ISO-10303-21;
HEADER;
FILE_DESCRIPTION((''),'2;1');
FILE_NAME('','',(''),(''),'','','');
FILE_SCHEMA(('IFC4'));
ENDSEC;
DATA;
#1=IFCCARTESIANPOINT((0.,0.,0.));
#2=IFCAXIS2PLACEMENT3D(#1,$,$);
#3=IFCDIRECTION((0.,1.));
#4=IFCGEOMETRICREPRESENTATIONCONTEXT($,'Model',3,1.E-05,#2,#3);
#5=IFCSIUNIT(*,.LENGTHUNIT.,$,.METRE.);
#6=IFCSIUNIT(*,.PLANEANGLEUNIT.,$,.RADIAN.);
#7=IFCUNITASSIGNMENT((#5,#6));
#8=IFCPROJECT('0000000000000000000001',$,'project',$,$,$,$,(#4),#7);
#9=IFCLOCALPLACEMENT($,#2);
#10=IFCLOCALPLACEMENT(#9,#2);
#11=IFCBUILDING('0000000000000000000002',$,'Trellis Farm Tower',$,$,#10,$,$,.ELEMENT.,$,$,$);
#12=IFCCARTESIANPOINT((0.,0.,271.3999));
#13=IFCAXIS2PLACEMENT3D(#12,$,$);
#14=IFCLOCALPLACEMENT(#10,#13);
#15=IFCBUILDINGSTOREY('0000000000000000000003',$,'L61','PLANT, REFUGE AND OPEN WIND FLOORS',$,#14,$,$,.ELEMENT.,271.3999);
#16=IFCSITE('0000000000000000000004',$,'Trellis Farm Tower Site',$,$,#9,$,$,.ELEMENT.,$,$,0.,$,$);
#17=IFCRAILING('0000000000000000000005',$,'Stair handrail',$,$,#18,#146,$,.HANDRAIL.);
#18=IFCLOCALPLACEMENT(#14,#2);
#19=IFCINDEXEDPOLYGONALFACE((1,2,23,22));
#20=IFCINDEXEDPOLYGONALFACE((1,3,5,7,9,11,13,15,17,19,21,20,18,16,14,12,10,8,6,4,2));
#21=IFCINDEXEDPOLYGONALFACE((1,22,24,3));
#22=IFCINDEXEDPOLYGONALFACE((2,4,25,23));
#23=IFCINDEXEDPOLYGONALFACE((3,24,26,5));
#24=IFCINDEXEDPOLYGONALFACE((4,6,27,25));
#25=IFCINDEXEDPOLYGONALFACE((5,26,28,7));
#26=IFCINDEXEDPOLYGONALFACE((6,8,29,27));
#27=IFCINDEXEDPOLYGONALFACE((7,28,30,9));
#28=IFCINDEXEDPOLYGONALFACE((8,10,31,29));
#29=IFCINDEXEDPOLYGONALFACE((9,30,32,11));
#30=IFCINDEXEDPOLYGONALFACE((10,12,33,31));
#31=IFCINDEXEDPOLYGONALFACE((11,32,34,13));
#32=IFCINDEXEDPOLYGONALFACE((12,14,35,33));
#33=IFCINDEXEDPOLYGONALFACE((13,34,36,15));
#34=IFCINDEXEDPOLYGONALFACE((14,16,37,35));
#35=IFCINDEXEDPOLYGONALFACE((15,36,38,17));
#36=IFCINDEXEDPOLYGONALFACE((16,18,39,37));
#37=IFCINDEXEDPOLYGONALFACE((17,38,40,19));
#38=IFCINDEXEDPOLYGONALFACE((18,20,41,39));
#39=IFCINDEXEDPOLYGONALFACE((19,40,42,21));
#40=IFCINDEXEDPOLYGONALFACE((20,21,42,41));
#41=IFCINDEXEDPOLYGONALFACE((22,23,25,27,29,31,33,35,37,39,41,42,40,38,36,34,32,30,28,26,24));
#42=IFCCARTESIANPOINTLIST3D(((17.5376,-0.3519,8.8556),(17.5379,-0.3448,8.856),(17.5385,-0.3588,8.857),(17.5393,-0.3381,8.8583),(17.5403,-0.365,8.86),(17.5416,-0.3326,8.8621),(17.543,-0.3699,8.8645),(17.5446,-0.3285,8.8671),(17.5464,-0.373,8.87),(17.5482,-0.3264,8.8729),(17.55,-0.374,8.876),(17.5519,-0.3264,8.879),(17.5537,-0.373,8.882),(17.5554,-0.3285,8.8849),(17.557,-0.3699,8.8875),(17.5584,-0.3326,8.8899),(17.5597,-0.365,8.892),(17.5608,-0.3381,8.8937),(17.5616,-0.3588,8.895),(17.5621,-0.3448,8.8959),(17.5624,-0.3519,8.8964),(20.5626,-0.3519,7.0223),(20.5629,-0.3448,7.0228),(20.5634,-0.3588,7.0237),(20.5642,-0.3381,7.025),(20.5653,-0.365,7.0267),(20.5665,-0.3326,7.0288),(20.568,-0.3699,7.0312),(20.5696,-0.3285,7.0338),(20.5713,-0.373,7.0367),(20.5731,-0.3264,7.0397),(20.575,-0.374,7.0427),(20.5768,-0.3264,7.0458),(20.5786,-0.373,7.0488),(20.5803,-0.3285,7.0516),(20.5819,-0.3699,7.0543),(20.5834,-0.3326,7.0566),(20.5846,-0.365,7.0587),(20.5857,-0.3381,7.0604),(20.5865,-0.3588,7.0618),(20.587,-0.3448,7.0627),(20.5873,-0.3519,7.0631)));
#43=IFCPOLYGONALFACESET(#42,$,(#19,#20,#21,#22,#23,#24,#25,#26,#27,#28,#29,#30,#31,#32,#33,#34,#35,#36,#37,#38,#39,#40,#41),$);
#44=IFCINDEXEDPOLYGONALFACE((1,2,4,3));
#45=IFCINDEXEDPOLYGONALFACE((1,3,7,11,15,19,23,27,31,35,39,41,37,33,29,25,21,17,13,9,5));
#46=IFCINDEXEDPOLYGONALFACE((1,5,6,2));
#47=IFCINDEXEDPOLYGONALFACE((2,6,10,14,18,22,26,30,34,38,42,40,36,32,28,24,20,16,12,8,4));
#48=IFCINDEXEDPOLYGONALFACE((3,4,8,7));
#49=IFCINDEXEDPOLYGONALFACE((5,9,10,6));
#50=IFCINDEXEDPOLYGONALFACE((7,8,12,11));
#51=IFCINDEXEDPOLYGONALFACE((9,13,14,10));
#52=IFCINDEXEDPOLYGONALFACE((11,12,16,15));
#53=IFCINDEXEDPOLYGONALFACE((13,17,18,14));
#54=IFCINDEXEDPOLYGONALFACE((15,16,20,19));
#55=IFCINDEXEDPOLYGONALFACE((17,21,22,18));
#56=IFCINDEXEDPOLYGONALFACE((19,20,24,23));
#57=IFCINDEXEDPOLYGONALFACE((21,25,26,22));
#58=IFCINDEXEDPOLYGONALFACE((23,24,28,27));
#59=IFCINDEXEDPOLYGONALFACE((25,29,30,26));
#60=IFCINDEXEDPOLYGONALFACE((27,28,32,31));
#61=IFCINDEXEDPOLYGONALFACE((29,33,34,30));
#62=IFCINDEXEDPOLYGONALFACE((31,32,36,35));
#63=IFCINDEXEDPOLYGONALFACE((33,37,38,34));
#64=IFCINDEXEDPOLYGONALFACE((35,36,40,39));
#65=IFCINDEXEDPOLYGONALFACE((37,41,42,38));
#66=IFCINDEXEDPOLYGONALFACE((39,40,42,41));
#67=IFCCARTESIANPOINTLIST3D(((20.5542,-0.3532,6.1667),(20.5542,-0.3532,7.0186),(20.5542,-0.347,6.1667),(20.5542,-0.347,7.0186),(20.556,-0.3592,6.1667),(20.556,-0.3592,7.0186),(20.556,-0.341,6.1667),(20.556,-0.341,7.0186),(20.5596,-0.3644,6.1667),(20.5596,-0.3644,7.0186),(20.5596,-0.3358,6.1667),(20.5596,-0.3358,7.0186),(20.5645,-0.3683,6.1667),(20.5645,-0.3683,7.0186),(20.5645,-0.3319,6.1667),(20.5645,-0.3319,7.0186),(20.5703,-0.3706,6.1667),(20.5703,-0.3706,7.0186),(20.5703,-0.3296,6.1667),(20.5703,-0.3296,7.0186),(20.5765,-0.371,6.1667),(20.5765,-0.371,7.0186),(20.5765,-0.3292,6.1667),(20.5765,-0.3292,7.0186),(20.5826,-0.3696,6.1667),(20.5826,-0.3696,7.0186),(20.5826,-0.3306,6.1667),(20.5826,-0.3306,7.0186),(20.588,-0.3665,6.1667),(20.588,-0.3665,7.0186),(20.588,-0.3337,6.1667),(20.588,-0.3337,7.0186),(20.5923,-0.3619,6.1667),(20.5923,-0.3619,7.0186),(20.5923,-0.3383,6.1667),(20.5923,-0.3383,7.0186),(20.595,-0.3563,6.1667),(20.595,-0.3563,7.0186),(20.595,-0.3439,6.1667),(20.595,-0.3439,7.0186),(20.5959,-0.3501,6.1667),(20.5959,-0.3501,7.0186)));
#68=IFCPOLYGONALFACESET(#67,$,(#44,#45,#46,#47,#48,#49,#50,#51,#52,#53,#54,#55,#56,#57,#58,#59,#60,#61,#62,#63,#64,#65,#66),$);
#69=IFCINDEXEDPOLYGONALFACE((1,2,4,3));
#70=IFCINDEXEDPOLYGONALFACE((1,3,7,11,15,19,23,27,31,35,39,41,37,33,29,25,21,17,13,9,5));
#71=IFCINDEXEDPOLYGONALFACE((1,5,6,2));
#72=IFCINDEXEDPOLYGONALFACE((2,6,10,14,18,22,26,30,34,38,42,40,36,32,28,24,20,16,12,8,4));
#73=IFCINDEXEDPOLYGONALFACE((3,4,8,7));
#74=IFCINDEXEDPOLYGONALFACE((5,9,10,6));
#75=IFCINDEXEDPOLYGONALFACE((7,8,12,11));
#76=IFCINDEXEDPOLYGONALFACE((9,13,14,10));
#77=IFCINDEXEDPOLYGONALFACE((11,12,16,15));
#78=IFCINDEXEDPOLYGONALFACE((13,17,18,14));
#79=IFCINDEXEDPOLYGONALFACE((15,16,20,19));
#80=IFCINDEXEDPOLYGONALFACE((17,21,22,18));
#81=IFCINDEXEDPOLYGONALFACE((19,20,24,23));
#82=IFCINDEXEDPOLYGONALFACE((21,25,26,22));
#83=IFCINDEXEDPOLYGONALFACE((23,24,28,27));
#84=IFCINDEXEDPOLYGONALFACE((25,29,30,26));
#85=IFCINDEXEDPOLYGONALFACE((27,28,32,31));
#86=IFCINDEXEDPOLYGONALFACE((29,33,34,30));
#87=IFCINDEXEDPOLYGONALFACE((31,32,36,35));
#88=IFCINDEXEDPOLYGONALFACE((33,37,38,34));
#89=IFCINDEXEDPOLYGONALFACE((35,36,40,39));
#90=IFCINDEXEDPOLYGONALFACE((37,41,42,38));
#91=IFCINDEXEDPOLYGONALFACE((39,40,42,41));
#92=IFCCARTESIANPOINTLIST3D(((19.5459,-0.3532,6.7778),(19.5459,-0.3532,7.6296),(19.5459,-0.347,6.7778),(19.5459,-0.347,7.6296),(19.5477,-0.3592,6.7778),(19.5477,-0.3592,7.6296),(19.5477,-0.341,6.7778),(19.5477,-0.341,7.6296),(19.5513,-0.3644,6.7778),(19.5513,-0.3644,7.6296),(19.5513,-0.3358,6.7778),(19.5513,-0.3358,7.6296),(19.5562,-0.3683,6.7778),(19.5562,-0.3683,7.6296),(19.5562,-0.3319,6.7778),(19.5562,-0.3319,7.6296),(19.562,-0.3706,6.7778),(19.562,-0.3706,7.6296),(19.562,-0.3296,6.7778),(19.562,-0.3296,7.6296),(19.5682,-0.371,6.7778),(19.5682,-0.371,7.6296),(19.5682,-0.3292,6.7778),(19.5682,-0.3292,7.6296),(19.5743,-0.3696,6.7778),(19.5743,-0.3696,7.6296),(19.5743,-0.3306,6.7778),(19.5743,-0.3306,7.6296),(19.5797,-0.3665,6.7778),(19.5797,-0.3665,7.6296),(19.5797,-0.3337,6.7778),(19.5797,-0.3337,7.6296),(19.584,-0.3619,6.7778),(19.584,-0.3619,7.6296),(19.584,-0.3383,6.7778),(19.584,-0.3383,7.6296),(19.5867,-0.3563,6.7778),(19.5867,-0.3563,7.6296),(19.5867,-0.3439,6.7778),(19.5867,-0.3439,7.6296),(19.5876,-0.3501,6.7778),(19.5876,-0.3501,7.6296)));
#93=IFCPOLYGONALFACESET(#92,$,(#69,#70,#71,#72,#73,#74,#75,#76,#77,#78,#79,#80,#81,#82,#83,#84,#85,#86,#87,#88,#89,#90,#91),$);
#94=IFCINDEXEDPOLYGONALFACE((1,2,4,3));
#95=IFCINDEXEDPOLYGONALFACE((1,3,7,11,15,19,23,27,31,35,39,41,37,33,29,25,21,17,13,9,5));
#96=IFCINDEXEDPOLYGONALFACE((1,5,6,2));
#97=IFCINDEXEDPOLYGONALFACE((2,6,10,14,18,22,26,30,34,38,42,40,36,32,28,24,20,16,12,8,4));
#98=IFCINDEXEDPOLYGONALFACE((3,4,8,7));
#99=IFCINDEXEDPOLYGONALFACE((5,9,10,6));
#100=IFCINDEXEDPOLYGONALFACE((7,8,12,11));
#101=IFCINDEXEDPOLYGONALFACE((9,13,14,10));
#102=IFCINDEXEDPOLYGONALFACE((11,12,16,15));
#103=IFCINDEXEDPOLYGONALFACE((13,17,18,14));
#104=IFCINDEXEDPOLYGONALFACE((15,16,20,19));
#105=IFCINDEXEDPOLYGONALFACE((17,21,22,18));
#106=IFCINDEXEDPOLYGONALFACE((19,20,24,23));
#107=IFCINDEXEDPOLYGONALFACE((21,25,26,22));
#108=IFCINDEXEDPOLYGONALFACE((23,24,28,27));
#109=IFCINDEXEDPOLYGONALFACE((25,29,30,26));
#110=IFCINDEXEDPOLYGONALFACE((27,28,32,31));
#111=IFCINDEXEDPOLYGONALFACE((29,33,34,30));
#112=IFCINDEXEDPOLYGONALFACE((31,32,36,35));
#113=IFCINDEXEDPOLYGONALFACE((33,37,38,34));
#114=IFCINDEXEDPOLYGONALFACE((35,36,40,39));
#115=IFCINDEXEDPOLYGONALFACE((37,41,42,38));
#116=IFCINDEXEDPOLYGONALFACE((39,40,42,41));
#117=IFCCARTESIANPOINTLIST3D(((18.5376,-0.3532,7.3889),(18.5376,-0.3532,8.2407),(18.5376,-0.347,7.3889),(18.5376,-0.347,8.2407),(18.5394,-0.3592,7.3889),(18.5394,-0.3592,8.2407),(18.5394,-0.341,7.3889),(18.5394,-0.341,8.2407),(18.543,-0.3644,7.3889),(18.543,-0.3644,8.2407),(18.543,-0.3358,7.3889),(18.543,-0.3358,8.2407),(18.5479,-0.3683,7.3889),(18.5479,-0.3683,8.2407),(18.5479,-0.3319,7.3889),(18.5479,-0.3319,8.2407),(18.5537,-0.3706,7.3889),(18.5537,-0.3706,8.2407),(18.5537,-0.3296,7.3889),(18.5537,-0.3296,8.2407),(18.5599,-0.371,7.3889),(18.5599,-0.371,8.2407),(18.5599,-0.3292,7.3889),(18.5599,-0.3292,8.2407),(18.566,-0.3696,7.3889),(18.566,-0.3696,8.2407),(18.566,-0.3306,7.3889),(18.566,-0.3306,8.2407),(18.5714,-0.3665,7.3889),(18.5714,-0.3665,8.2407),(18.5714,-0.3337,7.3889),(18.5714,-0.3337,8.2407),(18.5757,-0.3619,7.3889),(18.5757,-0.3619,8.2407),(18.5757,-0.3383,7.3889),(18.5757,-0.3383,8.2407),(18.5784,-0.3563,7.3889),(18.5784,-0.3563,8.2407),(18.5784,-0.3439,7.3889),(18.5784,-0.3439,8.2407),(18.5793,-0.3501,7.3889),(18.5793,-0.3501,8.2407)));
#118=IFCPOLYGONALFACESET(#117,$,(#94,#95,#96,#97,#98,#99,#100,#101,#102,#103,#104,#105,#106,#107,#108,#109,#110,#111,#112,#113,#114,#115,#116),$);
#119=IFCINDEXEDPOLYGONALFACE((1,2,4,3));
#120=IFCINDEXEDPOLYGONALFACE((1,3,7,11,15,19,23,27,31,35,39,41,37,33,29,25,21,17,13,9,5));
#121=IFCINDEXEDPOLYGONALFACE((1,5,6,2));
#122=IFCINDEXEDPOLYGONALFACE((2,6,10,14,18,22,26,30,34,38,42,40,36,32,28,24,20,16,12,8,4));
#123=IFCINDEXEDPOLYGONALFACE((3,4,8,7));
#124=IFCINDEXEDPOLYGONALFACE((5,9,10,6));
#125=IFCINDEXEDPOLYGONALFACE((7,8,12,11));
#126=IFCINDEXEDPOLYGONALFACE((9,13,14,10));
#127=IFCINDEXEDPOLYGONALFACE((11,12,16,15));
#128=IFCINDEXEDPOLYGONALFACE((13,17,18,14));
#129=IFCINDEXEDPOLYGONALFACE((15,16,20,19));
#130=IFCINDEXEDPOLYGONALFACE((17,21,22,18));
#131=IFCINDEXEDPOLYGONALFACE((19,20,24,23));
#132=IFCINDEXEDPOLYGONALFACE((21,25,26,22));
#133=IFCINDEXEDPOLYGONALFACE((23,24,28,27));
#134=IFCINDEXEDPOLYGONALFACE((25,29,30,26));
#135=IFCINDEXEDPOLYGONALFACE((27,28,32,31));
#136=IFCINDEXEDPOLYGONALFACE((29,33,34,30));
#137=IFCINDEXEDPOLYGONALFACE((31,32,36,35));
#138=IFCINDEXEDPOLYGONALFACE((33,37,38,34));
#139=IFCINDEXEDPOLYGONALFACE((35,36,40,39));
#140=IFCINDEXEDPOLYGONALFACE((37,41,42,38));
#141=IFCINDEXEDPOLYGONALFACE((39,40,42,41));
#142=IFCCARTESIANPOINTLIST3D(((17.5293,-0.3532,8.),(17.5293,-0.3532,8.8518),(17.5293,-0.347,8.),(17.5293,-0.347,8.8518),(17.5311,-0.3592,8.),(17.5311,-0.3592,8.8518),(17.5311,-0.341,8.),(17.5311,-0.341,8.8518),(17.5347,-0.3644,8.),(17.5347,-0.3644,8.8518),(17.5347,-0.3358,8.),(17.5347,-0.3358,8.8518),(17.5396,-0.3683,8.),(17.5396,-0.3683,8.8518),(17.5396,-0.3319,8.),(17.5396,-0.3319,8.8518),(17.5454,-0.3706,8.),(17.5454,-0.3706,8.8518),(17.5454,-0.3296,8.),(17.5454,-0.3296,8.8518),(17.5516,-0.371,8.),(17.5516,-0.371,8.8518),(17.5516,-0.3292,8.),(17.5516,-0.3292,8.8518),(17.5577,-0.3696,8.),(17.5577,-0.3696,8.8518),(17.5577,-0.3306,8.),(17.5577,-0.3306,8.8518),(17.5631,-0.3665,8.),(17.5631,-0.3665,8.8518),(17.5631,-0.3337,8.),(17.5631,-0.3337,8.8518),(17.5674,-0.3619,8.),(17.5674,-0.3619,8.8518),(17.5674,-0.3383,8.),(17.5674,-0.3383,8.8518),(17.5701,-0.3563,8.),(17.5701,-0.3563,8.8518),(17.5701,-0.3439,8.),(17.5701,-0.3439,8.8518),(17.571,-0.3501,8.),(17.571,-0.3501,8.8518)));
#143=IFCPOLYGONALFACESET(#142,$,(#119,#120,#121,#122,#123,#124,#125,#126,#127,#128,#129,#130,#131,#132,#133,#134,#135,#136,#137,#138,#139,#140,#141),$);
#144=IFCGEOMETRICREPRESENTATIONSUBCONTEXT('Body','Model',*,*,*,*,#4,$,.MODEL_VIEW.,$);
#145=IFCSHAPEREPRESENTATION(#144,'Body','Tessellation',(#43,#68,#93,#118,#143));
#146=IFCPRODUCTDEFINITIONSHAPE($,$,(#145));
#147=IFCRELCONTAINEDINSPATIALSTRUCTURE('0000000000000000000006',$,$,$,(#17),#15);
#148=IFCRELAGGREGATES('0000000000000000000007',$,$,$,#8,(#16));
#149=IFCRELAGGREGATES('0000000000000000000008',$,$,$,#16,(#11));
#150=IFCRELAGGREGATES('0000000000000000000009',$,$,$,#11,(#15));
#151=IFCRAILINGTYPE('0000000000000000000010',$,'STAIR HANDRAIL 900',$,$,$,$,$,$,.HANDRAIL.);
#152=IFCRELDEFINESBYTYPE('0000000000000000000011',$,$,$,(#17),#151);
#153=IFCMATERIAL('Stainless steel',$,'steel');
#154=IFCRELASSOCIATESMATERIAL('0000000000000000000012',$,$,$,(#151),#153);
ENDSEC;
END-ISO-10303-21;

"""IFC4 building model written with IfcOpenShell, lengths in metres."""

from ifc_helpers import new_model, si_unit, direction, frame, origin, origin_2d, place, context, subcontext, project, spatial, circle, extrude, source, transform, mapped, material, type_object, element, save


model = new_model("IFC4")

# Units and contexts
model_context = context("Model", 3, precision=1e-05, world=origin(), true_north=direction((0.0, 1.0)))
body_context = subcontext(model_context, "Body", "Model", "MODEL_VIEW")
ifc_project = project(units=[si_unit("LENGTHUNIT", "METRE"), si_unit("PLANEANGLEUNIT", "RADIAN")], contexts=[model_context])

# Site, building, storey
site_placement = place(None, origin())
site = spatial("IfcSite", under=ifc_project, at=site_placement, Name="Trellis Farm Tower Site", CompositionType="ELEMENT", RefElevation=0.0)
building_placement = place(site_placement, origin())
building = spatial("IfcBuilding", under=site, at=building_placement, Name="Trellis Farm Tower", CompositionType="ELEMENT")
storey_placement = place(building_placement, frame((0.0, 0.0, 271.3999)))
storey = spatial("IfcBuildingStorey", under=building, at=storey_placement, Name="L61", Description="PLANT, REFUGE AND OPEN WIND FLOORS", CompositionType="ELEMENT", Elevation=271.3999)

# Railing
ifc_material_1 = material(Name="Stainless steel", Category="steel")
railing_type_1 = type_object("IfcRailingType", Name="STAIR HANDRAIL 900", PredefinedType="HANDRAIL", material=ifc_material_1)
shared_shape_1 = source(origin(), body_context, "Body", "SweptSolid", [
    extrude(circle(Radius=0.0239, at=origin_2d()), frame((0.0, 0.0, 0.876), z_axis=(-0.855201, 0.0, 0.518297), x_axis=(0.0, -1.0, 0.0)), (0.0, 0.0, 1.0), 3.5371),
    extrude(circle(Radius=0.021, at=origin_2d()), origin(), (0.0, 0.0, 1.0), 0.8518),
    extrude(circle(Radius=0.021, at=origin_2d()), frame((-1.0083, 0.0, 0.6111)), (0.0, 0.0, 1.0), 0.8518),
    extrude(circle(Radius=0.021, at=origin_2d()), frame((-2.0166, 0.0, 1.2222)), (0.0, 0.0, 1.0), 0.8518),
    extrude(circle(Radius=0.021, at=origin_2d()), frame((-3.0249, 0.0, 1.8333)), (0.0, 0.0, 1.0), 0.8518),
])
for number, where, name in (
    (1, (20.575, -0.3501, 6.1667), "Stair handrail"),
):
    element("IfcRailing", number, at=place(storey_placement, frame(where)), inside=storey, type_object=railing_type_1, Name=name, PredefinedType="HANDRAIL", context=body_context, shape_type="MappedRepresentation", body=[
        mapped(shared_shape_1, transform((0.0, 0.0, 0.0))),
    ])

save(model, "model.ifc")
